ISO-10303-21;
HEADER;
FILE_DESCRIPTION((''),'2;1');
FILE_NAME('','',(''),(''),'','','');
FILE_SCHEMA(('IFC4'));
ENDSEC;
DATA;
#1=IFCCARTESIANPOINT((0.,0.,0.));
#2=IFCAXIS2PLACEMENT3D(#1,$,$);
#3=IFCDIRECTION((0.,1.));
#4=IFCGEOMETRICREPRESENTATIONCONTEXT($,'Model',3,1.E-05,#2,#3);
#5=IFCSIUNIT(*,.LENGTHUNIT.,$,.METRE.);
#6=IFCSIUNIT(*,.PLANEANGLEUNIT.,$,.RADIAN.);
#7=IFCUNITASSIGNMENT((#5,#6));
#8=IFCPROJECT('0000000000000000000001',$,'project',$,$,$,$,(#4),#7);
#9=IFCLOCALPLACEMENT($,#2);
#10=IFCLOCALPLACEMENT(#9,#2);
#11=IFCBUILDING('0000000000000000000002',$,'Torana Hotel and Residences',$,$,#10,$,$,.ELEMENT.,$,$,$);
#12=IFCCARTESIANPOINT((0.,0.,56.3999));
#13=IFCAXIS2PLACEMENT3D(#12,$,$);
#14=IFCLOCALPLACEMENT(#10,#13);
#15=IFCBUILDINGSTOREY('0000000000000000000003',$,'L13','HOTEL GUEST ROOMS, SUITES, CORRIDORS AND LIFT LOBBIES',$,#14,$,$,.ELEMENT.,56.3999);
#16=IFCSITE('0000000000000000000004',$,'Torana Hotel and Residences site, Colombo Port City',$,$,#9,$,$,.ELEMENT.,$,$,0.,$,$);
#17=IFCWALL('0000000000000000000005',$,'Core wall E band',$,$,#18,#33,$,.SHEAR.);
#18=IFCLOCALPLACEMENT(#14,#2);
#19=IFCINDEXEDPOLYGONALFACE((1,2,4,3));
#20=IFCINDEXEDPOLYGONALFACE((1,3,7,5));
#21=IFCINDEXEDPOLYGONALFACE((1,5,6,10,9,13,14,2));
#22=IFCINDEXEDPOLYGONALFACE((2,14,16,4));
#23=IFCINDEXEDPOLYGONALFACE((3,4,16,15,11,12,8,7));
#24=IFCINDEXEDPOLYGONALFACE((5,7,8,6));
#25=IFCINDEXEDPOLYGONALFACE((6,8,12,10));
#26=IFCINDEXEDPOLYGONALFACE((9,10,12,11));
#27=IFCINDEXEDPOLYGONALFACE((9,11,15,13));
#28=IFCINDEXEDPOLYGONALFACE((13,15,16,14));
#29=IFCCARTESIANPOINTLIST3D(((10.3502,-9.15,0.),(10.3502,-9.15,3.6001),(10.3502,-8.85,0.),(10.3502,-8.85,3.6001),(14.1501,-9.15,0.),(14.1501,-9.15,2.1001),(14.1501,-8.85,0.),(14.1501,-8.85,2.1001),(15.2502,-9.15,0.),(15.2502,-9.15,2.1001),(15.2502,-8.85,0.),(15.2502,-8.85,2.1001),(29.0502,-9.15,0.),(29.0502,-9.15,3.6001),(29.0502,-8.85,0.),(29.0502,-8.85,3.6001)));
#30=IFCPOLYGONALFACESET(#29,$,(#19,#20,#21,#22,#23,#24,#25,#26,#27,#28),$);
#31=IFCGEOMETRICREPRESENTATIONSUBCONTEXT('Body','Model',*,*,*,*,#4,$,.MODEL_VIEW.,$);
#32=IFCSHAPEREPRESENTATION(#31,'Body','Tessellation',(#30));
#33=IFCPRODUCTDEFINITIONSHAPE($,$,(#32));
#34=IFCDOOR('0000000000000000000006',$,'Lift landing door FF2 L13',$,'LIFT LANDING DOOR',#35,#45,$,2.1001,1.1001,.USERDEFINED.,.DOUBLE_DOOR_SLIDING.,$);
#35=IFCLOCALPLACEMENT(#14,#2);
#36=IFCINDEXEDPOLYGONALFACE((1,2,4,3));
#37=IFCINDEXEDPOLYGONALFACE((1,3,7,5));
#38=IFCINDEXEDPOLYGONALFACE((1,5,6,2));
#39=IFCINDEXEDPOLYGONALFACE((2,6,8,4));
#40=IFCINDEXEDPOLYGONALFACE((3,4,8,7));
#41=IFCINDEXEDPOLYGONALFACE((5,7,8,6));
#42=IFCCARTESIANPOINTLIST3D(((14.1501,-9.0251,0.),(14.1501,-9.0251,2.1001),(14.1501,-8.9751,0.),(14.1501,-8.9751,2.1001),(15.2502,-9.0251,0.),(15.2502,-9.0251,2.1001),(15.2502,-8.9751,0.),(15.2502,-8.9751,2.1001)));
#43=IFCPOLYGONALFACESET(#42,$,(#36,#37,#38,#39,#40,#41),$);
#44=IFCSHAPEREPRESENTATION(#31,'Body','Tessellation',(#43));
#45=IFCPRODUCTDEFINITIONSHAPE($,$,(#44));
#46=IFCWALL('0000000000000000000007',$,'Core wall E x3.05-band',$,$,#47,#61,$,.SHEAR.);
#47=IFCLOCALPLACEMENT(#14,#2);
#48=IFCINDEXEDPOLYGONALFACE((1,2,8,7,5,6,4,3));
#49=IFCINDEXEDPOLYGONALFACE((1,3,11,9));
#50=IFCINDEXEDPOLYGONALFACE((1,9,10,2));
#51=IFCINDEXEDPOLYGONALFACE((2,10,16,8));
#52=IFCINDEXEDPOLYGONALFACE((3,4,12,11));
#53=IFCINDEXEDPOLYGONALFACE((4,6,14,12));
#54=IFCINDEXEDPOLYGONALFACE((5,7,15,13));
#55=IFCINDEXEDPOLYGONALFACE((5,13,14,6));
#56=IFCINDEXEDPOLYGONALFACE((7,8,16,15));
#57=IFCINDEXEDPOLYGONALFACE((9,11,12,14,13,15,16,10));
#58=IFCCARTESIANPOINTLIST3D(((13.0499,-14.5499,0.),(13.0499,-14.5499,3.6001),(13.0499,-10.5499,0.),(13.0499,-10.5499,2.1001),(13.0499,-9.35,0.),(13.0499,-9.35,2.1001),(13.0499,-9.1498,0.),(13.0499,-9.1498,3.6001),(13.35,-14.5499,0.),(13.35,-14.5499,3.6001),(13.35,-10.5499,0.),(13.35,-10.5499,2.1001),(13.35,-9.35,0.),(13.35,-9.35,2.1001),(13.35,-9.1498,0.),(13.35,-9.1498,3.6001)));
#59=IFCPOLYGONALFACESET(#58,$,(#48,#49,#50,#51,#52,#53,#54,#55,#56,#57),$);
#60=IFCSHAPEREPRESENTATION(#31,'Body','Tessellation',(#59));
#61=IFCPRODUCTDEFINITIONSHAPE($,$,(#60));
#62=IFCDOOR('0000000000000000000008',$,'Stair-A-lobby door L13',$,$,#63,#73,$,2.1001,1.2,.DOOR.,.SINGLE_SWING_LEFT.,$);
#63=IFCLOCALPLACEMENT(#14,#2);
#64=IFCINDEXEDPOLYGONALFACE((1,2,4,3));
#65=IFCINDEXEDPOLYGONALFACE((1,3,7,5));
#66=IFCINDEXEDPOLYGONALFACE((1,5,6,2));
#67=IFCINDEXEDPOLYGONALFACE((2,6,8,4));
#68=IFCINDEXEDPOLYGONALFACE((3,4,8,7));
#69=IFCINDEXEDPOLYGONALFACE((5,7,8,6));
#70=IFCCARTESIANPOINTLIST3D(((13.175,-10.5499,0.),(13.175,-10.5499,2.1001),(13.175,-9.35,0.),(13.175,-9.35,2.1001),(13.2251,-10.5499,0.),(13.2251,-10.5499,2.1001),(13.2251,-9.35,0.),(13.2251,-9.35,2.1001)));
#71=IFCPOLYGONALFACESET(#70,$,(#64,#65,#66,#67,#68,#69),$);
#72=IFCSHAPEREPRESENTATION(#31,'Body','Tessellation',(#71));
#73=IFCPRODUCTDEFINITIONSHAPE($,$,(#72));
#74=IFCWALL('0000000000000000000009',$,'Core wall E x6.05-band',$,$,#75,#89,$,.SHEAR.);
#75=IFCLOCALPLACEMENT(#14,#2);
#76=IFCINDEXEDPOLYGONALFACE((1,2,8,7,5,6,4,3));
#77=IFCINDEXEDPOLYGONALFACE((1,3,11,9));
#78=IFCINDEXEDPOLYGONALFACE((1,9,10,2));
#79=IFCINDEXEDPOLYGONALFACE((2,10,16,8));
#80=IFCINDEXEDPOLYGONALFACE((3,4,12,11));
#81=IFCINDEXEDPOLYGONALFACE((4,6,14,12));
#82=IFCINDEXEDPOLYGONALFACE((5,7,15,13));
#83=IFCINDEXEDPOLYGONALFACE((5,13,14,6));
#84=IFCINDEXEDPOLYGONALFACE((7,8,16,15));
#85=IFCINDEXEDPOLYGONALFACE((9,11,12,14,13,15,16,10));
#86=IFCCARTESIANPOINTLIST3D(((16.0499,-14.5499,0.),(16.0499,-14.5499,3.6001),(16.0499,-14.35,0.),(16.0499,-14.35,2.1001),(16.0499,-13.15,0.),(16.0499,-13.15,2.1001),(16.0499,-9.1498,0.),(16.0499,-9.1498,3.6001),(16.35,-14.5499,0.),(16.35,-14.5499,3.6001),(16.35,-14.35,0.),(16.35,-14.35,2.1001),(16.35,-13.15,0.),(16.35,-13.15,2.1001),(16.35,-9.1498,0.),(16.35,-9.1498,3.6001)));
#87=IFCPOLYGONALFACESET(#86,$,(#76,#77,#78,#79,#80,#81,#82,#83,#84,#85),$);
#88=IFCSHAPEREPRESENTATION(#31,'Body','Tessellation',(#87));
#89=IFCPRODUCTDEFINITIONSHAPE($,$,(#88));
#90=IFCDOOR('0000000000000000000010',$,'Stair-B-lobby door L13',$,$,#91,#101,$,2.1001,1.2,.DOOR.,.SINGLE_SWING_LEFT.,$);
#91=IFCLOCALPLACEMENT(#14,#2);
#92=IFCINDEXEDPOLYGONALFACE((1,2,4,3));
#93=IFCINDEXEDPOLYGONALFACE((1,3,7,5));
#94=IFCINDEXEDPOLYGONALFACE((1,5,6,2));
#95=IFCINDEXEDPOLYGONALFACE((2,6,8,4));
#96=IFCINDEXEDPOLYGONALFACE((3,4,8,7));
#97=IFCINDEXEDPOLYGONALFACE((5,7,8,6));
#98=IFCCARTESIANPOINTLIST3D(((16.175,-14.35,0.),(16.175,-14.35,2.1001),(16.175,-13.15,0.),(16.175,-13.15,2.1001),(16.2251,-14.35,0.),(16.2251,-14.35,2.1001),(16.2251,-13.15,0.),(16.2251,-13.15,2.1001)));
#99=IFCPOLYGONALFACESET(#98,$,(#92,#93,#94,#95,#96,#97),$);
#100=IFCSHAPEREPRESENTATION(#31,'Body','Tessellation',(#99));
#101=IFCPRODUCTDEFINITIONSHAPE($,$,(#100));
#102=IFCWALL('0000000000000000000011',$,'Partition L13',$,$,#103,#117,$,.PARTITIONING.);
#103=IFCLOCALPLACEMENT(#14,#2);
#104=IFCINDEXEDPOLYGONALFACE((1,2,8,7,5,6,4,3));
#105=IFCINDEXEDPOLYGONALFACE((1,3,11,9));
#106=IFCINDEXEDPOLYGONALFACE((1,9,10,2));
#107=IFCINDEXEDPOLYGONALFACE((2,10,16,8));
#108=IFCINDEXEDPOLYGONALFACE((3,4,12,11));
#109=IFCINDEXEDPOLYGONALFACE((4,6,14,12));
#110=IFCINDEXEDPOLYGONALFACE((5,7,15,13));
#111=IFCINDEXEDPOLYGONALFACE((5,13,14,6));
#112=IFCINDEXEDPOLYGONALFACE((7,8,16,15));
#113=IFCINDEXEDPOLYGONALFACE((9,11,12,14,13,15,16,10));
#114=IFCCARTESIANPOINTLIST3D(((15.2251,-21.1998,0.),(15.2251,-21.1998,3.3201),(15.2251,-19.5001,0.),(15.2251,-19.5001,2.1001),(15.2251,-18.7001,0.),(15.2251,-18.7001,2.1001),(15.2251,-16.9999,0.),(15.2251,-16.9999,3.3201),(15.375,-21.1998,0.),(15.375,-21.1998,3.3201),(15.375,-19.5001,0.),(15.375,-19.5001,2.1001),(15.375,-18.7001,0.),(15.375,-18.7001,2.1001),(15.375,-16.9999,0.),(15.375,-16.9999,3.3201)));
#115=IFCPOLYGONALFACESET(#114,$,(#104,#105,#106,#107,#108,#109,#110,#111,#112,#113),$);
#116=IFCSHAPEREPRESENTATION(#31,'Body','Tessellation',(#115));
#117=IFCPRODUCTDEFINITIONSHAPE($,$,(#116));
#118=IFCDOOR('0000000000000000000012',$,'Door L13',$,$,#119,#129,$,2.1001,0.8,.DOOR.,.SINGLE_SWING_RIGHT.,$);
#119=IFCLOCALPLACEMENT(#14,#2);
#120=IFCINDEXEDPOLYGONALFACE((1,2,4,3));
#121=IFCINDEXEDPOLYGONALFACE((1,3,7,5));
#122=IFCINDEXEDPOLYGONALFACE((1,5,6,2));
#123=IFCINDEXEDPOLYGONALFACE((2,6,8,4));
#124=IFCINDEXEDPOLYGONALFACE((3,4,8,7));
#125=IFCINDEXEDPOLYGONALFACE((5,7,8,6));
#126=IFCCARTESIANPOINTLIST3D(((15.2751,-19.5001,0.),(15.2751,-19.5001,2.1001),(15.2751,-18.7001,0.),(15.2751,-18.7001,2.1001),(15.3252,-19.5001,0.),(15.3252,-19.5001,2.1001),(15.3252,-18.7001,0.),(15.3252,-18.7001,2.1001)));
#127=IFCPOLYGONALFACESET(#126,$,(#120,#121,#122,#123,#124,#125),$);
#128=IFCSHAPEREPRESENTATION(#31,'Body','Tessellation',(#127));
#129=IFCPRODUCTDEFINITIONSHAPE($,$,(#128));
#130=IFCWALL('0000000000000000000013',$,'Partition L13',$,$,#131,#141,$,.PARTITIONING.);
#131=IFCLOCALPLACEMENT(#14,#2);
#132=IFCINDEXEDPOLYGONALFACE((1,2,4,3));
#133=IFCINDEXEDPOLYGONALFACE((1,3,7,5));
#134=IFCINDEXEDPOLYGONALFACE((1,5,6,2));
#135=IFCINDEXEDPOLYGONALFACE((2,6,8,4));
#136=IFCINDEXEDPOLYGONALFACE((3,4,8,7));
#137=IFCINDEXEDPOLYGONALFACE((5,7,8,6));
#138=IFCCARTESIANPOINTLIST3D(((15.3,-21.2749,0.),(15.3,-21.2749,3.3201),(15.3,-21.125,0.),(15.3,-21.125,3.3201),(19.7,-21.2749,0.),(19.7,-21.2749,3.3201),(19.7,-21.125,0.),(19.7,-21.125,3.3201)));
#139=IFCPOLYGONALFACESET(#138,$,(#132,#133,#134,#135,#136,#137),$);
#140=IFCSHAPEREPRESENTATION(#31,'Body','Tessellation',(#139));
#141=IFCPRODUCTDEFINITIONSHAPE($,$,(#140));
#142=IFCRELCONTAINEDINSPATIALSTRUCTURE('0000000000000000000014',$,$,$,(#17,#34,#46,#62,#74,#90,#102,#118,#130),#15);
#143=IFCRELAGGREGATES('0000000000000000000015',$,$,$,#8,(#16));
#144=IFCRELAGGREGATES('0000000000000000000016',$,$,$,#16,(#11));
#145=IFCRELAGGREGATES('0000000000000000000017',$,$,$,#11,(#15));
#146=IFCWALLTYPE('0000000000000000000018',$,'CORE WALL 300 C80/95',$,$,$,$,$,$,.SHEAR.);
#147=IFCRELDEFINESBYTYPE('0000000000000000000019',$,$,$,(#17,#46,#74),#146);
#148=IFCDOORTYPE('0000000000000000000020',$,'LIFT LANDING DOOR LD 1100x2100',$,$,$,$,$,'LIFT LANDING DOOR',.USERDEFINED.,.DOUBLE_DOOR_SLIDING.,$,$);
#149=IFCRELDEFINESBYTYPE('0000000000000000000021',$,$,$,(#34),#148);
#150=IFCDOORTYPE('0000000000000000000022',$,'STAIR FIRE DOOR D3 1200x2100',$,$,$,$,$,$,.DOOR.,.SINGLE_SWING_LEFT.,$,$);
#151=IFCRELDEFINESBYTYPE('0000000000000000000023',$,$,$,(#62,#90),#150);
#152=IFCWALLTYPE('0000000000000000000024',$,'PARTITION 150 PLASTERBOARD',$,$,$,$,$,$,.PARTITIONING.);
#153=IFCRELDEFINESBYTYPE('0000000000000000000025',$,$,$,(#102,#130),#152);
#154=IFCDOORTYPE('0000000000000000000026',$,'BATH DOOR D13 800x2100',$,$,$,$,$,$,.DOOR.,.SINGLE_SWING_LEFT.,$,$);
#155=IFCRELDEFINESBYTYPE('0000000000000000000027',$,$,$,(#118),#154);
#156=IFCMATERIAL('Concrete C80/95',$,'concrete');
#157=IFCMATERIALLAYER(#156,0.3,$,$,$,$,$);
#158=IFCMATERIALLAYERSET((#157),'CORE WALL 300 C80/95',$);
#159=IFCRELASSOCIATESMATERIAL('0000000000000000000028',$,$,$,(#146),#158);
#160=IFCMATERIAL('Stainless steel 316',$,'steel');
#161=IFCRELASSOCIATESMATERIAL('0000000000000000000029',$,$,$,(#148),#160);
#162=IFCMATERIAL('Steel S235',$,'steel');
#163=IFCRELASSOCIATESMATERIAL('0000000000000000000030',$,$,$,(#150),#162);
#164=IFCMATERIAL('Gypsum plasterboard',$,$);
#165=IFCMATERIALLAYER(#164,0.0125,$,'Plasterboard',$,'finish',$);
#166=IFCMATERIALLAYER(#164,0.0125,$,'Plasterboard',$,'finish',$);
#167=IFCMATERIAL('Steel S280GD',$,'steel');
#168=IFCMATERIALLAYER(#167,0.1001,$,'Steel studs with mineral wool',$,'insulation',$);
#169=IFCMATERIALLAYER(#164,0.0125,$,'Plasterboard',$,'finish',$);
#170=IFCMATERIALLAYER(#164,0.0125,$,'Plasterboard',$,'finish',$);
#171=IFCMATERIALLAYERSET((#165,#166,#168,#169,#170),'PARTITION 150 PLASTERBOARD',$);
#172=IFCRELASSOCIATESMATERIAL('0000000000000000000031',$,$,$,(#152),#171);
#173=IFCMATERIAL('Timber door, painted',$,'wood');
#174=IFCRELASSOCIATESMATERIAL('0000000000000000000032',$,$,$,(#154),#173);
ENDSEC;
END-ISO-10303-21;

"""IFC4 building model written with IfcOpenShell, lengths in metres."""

from ifc_helpers import new_model, si_unit, direction, frame, frame_2d, origin, place, context, subcontext, project, spatial, rectangle, extrude, material, layer, layer_set, type_object, element, fill, save


model = new_model("IFC4")

# Units and contexts
model_context = context("Model", 3, precision=1e-05, world=origin(), true_north=direction((0.0, 1.0)))
body_context = subcontext(model_context, "Body", "Model", "MODEL_VIEW")
ifc_project = project(units=[si_unit("LENGTHUNIT", "METRE"), si_unit("PLANEANGLEUNIT", "RADIAN")], contexts=[model_context])

# Site, building, storey
site_placement = place(None, origin())
site = spatial("IfcSite", under=ifc_project, at=site_placement, Name="Torana Hotel and Residences site, Colombo Port City", CompositionType="ELEMENT", RefElevation=0.0)
building_placement = place(site_placement, origin())
building = spatial("IfcBuilding", under=site, at=building_placement, Name="Torana Hotel and Residences", CompositionType="ELEMENT")
storey_placement = place(building_placement, frame((0.0, 0.0, 56.3999)))
storey = spatial("IfcBuildingStorey", under=building, at=storey_placement, Name="L13", Description="HOTEL GUEST ROOMS, SUITES, CORRIDORS AND LIFT LOBBIES", CompositionType="ELEMENT", Elevation=56.3999)

# Walls, openings, doors
ifc_material_1 = material(Name="Concrete C80/95", Category="concrete")
ifc_layer_1 = layer(ifc_material_1, 0.3)
ifc_layer_set_1 = layer_set([ifc_layer_1], Name="CORE WALL 300 C80/95")
wall_type_1 = type_object("IfcWallType", Name="CORE WALL 300 C80/95", PredefinedType="SHEAR", material=ifc_layer_set_1)
wall_1_placement = place(storey_placement, frame((10.3501, -9.0, 0.0), z_axis=(0.0, 0.0, 1.0), x_axis=(1.0, 0.0, 0.0)))
wall_1 = element("IfcWall", 1, at=wall_1_placement, inside=storey, type_object=wall_type_1, Name="Core wall E band", PredefinedType="SHEAR", context=body_context, shape_type="SweptSolid", body=[
    extrude(rectangle(XDim=18.7, YDim=0.3, at=frame_2d((9.3501, 0.0))), origin(), (0.0, 0.0, 1.0), 3.6001),
])
opening_1_placement = place(wall_1_placement, frame((3.8, 0.0, 0.0)))
opening_1 = element("IfcOpeningElement", 2, at=opening_1_placement, cuts=wall_1, PredefinedType="OPENING", context=body_context, shape_type="SweptSolid", body=[
    extrude(rectangle(XDim=1.1001, YDim=2.1001, at=frame_2d((0.55, 1.05))), frame((0.0, 0.1599, 0.0), z_axis=(0.0, -1.0, 0.0), x_axis=(1.0, 0.0, 0.0)), (0.0, 0.0, 1.0), 0.3201),
])
ifc_material_2 = material(Name="Stainless steel 316", Category="steel")
door_type_1 = type_object("IfcDoorType", Name="LIFT LANDING DOOR LD 1100x2100", ElementType="LIFT LANDING DOOR", OperationType="DOUBLE_DOOR_SLIDING", PredefinedType="USERDEFINED", material=ifc_material_2)
door_1_placement = place(opening_1_placement, origin())
door_1 = element("IfcDoor", 3, at=door_1_placement, inside=storey, type_object=door_type_1, Name="Lift landing door FF2 L13", ObjectType="LIFT LANDING DOOR", OperationType="DOUBLE_DOOR_SLIDING", OverallHeight=2.1001, OverallWidth=1.1001, PredefinedType="USERDEFINED", context=body_context, shape_type="SweptSolid", body=[
    extrude(rectangle(XDim=1.1001, YDim=2.1001, at=frame_2d((0.55, 1.05))), frame((0.0, 0.0249, 0.0), z_axis=(0.0, -1.0, 0.0), x_axis=(1.0, 0.0, 0.0)), (0.0, 0.0, 1.0), 0.05),
])
fill(opening_1, door_1)
wall_2_placement = place(storey_placement, frame((13.2, -14.55, 0.0), z_axis=(0.0, 0.0, 1.0), x_axis=(0.0, 1.0, 0.0)))
wall_2 = element("IfcWall", 4, at=wall_2_placement, inside=storey, type_object=wall_type_1, Name="Core wall E x3.05-band", PredefinedType="SHEAR", context=body_context, shape_type="SweptSolid", body=[
    extrude(rectangle(XDim=5.4001, YDim=0.3, at=frame_2d((2.7002, 0.0))), origin(), (0.0, 0.0, 1.0), 3.6001),
])
opening_2_placement = place(wall_2_placement, frame((4.0, 0.0, 0.0)))
opening_2 = element("IfcOpeningElement", 5, at=opening_2_placement, cuts=wall_2, PredefinedType="OPENING", context=body_context, shape_type="SweptSolid", body=[
    extrude(rectangle(XDim=1.2, YDim=2.1001, at=frame_2d((0.6001, 1.05))), frame((0.0, 0.1599, 0.0), z_axis=(0.0, -1.0, 0.0), x_axis=(1.0, 0.0, 0.0)), (0.0, 0.0, 1.0), 0.3201),
])
ifc_material_3 = material(Name="Steel S235", Category="steel")
door_type_2 = type_object("IfcDoorType", Name="STAIR FIRE DOOR D3 1200x2100", OperationType="SINGLE_SWING_LEFT", PredefinedType="DOOR", material=ifc_material_3)
door_2_placement = place(opening_2_placement, origin())
door_2 = element("IfcDoor", 6, at=door_2_placement, inside=storey, type_object=door_type_2, Name="Stair-A-lobby door L13", OperationType="SINGLE_SWING_LEFT", OverallHeight=2.1001, OverallWidth=1.2, PredefinedType="DOOR", context=body_context, shape_type="SweptSolid", body=[
    extrude(rectangle(XDim=1.2, YDim=2.1001, at=frame_2d((0.6001, 1.05))), frame((0.0, 0.0249, 0.0), z_axis=(0.0, -1.0, 0.0), x_axis=(1.0, 0.0, 0.0)), (0.0, 0.0, 1.0), 0.05),
])
fill(opening_2, door_2)
wall_3_placement = place(storey_placement, frame((16.2, -14.55, 0.0), z_axis=(0.0, 0.0, 1.0), x_axis=(0.0, 1.0, 0.0)))
wall_3 = element("IfcWall", 7, at=wall_3_placement, inside=storey, type_object=wall_type_1, Name="Core wall E x6.05-band", PredefinedType="SHEAR", context=body_context, shape_type="SweptSolid", body=[
    extrude(rectangle(XDim=5.4001, YDim=0.3, at=frame_2d((2.7002, 0.0))), origin(), (0.0, 0.0, 1.0), 3.6001),
])
opening_3_placement = place(wall_3_placement, frame((0.2, 0.0, 0.0)))
opening_3 = element("IfcOpeningElement", 8, at=opening_3_placement, cuts=wall_3, PredefinedType="OPENING", context=body_context, shape_type="SweptSolid", body=[
    extrude(rectangle(XDim=1.2, YDim=2.1001, at=frame_2d((0.6001, 1.05))), frame((0.0, 0.1599, 0.0), z_axis=(0.0, -1.0, 0.0), x_axis=(1.0, 0.0, 0.0)), (0.0, 0.0, 1.0), 0.3201),
])
door_3_placement = place(opening_3_placement, frame((0.6001, 0.0, 0.0), z_axis=(0.0, 0.0, 1.0), x_axis=(-1.0, 0.0, 0.0)))
door_3 = element("IfcDoor", 9, at=door_3_placement, inside=storey, type_object=door_type_2, Name="Stair-B-lobby door L13", OperationType="SINGLE_SWING_LEFT", OverallHeight=2.1001, OverallWidth=1.2, PredefinedType="DOOR", context=body_context, shape_type="SweptSolid", body=[
    extrude(rectangle(XDim=1.2, YDim=2.1001, at=frame_2d((0.0, 1.05))), frame((0.0, -0.0249, 0.0), z_axis=(0.0, 1.0, 0.0), x_axis=(-1.0, 0.0, 0.0)), (0.0, 0.0, 1.0), 0.05),
])
fill(opening_3, door_3)
ifc_material_4 = material(Name="Gypsum plasterboard")
ifc_layer_2 = layer(ifc_material_4, 0.0125, Name="Plasterboard", Category="finish")
ifc_layer_3 = layer(ifc_material_4, 0.0125, Name="Plasterboard", Category="finish")
ifc_material_5 = material(Name="Steel S280GD", Category="steel")
ifc_layer_4 = layer(ifc_material_5, 0.1001, Name="Steel studs with mineral wool", Category="insulation")
ifc_layer_5 = layer(ifc_material_4, 0.0125, Name="Plasterboard", Category="finish")
ifc_layer_6 = layer(ifc_material_4, 0.0125, Name="Plasterboard", Category="finish")
ifc_layer_set_2 = layer_set([ifc_layer_2, ifc_layer_3, ifc_layer_4, ifc_layer_5, ifc_layer_6], Name="PARTITION 150 PLASTERBOARD")
wall_type_2 = type_object("IfcWallType", Name="PARTITION 150 PLASTERBOARD", PredefinedType="PARTITIONING", material=ifc_layer_set_2)
wall_4_placement = place(storey_placement, frame((15.3, -21.2, 0.0), z_axis=(0.0, 0.0, 1.0), x_axis=(0.0, 1.0, 0.0)))
wall_4 = element("IfcWall", 10, at=wall_4_placement, inside=storey, type_object=wall_type_2, Name="Partition L13", PredefinedType="PARTITIONING", context=body_context, shape_type="SweptSolid", body=[
    extrude(rectangle(XDim=4.2, YDim=0.1499, at=frame_2d((2.1001, 0.0))), origin(), (0.0, 0.0, 1.0), 3.3201),
])
opening_4_placement = place(wall_4_placement, frame((1.7, 0.0, 0.0)))
opening_4 = element("IfcOpeningElement", 11, at=opening_4_placement, cuts=wall_4, PredefinedType="OPENING", context=body_context, shape_type="SweptSolid", body=[
    extrude(rectangle(XDim=0.8, YDim=2.1001, at=frame_2d((0.3999, 1.05))), frame((0.0, 0.085, 0.0), z_axis=(0.0, -1.0, 0.0), x_axis=(1.0, 0.0, 0.0)), (0.0, 0.0, 1.0), 0.1699),
])
ifc_material_6 = material(Name="Timber door, painted", Category="wood")
door_type_3 = type_object("IfcDoorType", Name="BATH DOOR D13 800x2100", OperationType="SINGLE_SWING_LEFT", PredefinedType="DOOR", material=ifc_material_6)
door_4_placement = place(opening_4_placement, origin())
door_4 = element("IfcDoor", 12, at=door_4_placement, inside=storey, type_object=door_type_3, Name="Door L13", OperationType="SINGLE_SWING_RIGHT", OverallHeight=2.1001, OverallWidth=0.8, PredefinedType="DOOR", context=body_context, shape_type="SweptSolid", body=[
    extrude(rectangle(XDim=0.8, YDim=2.1001, at=frame_2d((0.3999, 1.05))), frame((0.0, 0.0249, 0.0), z_axis=(0.0, -1.0, 0.0), x_axis=(1.0, 0.0, 0.0)), (0.0, 0.0, 1.0), 0.05),
])
fill(opening_4, door_4)

# Wall
wall_5_placement = place(storey_placement, frame((15.3, -21.2, 0.0), z_axis=(0.0, 0.0, 1.0), x_axis=(1.0, 0.0, 0.0)))
element("IfcWall", 13, at=wall_5_placement, inside=storey, type_object=wall_type_2, Name="Partition L13", PredefinedType="PARTITIONING", context=body_context, shape_type="SweptSolid", body=[
    extrude(rectangle(XDim=4.3999, YDim=0.1499, at=frame_2d((2.2, 0.0))), origin(), (0.0, 0.0, 1.0), 3.3201),
])

save(model, "model.ifc")
